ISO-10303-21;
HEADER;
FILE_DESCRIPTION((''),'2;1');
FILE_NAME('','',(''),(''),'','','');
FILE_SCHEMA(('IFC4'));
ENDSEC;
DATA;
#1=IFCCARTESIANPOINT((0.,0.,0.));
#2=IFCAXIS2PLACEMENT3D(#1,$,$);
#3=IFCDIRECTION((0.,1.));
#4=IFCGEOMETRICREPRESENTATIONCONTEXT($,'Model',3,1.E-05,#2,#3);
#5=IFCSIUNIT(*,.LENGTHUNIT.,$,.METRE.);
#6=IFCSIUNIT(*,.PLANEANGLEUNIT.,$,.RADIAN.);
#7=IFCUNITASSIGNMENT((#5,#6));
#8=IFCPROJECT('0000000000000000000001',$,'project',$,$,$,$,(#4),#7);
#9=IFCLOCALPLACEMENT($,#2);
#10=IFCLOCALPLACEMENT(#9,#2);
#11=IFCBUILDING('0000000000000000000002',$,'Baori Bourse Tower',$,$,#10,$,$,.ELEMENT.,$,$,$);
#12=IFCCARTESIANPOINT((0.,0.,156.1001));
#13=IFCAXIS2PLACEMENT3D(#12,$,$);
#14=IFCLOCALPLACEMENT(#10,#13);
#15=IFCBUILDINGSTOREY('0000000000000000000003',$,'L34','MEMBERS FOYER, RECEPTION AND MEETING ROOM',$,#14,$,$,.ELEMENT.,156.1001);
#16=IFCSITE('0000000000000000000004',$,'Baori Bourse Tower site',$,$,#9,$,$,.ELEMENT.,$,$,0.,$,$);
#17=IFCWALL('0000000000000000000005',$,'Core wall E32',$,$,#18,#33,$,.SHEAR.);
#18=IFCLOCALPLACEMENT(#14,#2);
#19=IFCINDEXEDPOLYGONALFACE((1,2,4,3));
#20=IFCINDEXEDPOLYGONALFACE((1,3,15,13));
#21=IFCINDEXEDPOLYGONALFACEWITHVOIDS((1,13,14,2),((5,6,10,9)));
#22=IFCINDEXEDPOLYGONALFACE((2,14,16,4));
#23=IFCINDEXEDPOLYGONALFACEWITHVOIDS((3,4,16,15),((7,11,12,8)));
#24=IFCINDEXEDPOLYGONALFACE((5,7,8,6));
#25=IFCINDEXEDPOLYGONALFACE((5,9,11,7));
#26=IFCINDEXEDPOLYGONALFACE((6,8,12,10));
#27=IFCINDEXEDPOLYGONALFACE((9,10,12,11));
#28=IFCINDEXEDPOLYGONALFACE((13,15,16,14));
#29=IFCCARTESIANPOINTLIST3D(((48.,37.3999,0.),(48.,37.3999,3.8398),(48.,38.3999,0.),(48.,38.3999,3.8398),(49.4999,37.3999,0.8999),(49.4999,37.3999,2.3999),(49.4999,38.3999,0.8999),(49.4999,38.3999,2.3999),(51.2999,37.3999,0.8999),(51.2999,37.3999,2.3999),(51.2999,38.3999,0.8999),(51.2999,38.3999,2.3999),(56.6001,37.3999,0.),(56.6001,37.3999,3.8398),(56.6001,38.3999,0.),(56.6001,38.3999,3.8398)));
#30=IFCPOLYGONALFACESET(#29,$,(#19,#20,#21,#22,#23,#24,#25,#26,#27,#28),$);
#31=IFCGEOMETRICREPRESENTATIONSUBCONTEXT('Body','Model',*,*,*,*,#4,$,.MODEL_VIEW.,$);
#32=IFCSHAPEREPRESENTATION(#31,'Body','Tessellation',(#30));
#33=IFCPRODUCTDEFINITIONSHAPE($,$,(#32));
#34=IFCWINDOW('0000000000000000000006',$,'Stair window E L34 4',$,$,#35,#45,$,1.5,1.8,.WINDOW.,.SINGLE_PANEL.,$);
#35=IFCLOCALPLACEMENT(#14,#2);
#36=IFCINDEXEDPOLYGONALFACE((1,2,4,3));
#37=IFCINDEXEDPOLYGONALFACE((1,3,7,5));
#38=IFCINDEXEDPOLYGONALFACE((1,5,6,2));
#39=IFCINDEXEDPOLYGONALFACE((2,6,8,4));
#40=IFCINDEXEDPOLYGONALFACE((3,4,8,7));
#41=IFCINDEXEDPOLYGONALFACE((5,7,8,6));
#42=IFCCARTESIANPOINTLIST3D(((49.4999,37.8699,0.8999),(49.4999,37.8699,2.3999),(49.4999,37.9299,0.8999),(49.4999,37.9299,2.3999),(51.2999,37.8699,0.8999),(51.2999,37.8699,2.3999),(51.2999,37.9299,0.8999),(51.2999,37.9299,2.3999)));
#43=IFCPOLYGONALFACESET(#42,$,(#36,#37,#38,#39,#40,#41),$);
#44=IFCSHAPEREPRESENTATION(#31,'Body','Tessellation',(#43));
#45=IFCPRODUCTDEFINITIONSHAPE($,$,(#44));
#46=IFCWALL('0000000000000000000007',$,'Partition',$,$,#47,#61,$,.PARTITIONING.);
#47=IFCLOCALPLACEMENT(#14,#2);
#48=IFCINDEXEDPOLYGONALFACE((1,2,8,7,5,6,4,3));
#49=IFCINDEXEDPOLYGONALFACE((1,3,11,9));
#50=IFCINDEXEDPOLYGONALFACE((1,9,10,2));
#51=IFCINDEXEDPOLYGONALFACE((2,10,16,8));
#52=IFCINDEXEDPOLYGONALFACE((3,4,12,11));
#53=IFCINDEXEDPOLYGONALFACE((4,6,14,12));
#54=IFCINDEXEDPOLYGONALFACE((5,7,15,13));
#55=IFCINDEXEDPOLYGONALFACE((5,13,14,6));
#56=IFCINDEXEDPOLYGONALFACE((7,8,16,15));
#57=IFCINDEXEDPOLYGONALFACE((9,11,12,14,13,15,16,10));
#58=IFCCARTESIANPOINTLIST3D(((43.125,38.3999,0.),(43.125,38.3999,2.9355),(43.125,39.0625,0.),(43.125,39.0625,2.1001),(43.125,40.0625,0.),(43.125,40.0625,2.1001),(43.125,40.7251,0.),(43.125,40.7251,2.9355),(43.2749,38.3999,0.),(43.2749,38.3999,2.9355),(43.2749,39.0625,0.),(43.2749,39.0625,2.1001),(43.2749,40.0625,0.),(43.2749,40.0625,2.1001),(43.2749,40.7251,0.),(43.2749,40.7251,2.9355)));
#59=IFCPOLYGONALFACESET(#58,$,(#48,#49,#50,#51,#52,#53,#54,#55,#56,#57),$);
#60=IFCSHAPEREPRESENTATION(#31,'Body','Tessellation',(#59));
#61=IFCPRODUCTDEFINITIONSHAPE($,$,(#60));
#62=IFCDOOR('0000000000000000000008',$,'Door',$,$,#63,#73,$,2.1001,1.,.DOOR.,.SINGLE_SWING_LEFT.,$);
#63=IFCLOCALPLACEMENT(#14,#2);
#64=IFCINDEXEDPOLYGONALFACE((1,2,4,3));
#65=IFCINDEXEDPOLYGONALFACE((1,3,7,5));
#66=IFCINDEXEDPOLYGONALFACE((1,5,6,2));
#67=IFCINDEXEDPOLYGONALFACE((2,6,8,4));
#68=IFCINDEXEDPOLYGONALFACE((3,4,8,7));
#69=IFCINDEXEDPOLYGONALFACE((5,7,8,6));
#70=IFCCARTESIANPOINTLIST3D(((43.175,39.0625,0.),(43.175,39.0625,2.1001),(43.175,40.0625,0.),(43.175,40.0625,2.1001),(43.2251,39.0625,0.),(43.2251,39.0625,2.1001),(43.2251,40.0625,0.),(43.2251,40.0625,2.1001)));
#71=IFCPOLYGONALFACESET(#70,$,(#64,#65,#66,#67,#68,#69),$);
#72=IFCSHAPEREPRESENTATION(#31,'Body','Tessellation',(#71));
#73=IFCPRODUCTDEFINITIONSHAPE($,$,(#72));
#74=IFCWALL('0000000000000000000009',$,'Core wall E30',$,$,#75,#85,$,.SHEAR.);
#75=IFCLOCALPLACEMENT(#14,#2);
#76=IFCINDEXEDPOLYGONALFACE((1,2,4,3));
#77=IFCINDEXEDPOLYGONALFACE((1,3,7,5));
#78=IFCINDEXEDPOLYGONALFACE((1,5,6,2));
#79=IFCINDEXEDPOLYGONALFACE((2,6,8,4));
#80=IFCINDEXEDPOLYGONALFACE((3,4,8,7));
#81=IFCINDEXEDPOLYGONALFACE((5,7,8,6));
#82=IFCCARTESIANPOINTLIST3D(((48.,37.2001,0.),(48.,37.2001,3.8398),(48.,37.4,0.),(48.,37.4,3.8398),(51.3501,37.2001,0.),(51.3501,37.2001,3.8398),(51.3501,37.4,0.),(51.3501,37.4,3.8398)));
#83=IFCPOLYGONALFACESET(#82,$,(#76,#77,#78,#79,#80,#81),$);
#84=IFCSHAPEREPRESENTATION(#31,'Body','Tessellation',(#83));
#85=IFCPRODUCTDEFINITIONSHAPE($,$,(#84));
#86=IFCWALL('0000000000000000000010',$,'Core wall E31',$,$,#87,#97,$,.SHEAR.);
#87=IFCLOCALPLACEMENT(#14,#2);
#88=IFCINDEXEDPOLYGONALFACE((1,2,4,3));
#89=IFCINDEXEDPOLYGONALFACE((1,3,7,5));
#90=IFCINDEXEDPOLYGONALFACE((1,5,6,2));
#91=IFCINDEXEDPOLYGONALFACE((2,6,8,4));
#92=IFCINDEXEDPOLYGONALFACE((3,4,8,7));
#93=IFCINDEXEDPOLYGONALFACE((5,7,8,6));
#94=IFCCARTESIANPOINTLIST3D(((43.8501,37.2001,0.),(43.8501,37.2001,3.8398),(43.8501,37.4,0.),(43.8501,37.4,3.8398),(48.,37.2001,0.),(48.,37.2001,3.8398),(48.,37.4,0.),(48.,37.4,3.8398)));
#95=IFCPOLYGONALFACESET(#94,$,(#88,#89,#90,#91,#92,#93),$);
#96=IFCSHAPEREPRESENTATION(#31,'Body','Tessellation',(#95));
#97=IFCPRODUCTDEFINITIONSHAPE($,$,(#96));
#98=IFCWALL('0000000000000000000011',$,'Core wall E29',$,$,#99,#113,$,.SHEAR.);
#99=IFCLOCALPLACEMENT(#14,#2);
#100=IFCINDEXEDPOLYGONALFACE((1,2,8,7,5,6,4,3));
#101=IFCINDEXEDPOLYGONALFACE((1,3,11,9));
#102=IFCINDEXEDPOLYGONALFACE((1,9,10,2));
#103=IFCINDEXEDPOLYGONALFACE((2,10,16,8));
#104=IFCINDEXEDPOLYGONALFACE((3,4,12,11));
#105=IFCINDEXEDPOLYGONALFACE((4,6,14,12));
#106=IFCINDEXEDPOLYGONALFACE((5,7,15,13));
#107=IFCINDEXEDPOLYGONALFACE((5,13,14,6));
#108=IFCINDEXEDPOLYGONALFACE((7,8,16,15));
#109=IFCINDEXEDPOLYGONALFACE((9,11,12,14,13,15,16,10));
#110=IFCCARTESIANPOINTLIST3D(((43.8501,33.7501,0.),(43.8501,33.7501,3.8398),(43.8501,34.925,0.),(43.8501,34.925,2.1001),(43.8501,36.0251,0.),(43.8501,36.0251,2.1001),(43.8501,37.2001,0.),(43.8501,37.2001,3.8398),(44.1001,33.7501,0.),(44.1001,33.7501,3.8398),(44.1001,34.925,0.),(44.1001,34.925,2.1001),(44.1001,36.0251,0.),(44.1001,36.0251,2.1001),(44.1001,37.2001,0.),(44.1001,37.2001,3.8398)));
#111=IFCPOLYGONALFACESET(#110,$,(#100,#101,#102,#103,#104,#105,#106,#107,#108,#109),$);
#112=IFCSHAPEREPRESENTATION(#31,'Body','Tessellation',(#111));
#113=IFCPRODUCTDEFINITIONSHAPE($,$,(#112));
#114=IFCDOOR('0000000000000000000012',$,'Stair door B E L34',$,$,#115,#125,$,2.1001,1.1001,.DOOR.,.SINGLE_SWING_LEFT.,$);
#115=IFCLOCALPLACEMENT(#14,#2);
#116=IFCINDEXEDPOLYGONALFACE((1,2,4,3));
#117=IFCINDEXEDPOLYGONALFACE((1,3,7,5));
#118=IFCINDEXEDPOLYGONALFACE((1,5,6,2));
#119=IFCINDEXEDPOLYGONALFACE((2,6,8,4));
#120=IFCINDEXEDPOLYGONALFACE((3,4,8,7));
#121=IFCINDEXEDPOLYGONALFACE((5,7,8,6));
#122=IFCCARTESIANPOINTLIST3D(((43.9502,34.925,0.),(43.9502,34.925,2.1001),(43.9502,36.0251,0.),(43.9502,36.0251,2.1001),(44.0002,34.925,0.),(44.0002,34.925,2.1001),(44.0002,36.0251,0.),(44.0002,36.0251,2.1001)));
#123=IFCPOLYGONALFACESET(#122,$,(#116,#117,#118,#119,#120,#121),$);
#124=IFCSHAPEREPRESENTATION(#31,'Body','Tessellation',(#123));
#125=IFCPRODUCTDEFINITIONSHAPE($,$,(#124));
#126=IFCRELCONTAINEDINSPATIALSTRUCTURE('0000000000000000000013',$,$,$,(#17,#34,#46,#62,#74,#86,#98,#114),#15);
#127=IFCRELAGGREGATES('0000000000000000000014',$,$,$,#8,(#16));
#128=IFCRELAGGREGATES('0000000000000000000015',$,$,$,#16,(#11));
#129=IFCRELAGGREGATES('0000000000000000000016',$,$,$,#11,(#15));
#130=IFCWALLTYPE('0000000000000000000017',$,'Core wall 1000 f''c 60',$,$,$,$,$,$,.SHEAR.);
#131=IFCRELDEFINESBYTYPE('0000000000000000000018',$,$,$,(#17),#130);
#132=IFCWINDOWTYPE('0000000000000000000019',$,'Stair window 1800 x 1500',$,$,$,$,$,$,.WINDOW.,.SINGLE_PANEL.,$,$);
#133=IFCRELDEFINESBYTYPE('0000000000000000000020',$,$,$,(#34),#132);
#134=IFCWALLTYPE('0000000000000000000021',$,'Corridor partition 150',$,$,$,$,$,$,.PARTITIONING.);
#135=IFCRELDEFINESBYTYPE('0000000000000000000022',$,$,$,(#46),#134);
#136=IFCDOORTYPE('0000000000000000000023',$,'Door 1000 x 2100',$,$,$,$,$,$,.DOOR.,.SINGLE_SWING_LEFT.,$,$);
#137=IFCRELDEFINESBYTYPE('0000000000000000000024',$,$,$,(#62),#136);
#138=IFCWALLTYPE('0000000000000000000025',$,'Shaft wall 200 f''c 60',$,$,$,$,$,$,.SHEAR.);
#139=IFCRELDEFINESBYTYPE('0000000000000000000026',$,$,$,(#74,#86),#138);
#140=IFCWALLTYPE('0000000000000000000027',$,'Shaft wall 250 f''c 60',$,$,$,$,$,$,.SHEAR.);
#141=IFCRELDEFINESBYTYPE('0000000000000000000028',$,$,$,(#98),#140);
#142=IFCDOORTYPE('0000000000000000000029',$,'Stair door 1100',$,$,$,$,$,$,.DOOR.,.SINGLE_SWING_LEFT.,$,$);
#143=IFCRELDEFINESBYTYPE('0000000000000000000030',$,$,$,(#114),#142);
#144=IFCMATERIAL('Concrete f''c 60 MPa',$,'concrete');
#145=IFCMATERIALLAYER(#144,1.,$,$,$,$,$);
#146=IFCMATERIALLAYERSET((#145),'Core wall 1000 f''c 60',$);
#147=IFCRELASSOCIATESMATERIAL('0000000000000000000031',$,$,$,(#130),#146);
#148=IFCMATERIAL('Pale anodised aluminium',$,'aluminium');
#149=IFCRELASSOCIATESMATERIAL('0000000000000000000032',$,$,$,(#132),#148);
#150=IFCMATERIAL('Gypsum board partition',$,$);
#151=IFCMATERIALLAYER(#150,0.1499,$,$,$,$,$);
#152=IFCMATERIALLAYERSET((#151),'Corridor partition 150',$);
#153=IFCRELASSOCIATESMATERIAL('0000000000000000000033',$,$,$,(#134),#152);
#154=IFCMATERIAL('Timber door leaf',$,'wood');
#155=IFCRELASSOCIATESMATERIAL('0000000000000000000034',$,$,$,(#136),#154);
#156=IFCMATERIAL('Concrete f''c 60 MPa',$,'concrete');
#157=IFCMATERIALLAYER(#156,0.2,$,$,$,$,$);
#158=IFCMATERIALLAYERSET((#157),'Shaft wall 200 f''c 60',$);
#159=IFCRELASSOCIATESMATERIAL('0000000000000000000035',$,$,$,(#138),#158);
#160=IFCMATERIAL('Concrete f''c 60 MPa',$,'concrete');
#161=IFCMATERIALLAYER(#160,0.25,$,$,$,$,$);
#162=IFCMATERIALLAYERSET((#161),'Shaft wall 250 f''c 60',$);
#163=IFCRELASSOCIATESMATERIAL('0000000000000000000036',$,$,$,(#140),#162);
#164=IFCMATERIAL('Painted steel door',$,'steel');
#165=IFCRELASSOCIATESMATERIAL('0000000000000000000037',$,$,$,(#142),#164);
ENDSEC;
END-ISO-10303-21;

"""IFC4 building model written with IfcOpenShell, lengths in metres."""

from ifc_helpers import new_model, si_unit, direction, frame, frame_2d, origin, place, context, subcontext, project, spatial, rectangle, extrude, material, layer, layer_set, type_object, element, fill, save


model = new_model("IFC4")

# Units and contexts
model_context = context("Model", 3, precision=1e-05, world=origin(), true_north=direction((0.0, 1.0)))
body_context = subcontext(model_context, "Body", "Model", "MODEL_VIEW")
ifc_project = project(units=[si_unit("LENGTHUNIT", "METRE"), si_unit("PLANEANGLEUNIT", "RADIAN")], contexts=[model_context])

# Site, building, storey
site_placement = place(None, origin())
site = spatial("IfcSite", under=ifc_project, at=site_placement, Name="Baori Bourse Tower site", CompositionType="ELEMENT", RefElevation=0.0)
building_placement = place(site_placement, origin())
building = spatial("IfcBuilding", under=site, at=building_placement, Name="Baori Bourse Tower", CompositionType="ELEMENT")
storey_placement = place(building_placement, frame((0.0, 0.0, 156.1001)))
storey = spatial("IfcBuildingStorey", under=building, at=storey_placement, Name="L34", Description="MEMBERS FOYER, RECEPTION AND MEETING ROOM", CompositionType="ELEMENT", Elevation=156.1001)

# Wall, opening, window
ifc_material_1 = material(Name="Concrete f'c 60 MPa", Category="concrete")
ifc_layer_1 = layer(ifc_material_1, 1.0)
ifc_layer_set_1 = layer_set([ifc_layer_1], Name="Core wall 1000 f'c 60")
wall_type_1 = type_object("IfcWallType", Name="Core wall 1000 f'c 60", PredefinedType="SHEAR", material=ifc_layer_set_1)
wall_1_placement = place(storey_placement, frame((48.0, 37.8999, 0.0), z_axis=(0.0, 0.0, 1.0), x_axis=(1.0, 0.0, 0.0)))
wall_1 = element("IfcWall", 1, at=wall_1_placement, inside=storey, type_object=wall_type_1, Name="Core wall E32", PredefinedType="SHEAR", context=body_context, shape_type="SweptSolid", body=[
    extrude(rectangle(XDim=8.6001, YDim=1.0, at=frame_2d((4.3, 0.0))), origin(), (0.0, 0.0, 1.0), 3.8398),
])
opening_1_placement = place(wall_1_placement, frame((1.5, 0.0, 0.8999)))
opening_1 = element("IfcOpeningElement", 2, at=opening_1_placement, cuts=wall_1, PredefinedType="OPENING", context=body_context, shape_type="SweptSolid", body=[
    extrude(rectangle(XDim=1.8, YDim=1.5, at=frame_2d((0.8999, 0.75))), frame((0.0, 0.51, 0.0), z_axis=(0.0, -1.0, 0.0), x_axis=(1.0, 0.0, 0.0)), (0.0, 0.0, 1.0), 1.02),
])
ifc_material_2 = material(Name="Pale anodised aluminium", Category="aluminium")
window_type = type_object("IfcWindowType", Name="Stair window 1800 x 1500", PartitioningType="SINGLE_PANEL", PredefinedType="WINDOW", material=ifc_material_2)
window_placement = place(opening_1_placement, origin())
window = element("IfcWindow", 3, at=window_placement, inside=storey, type_object=window_type, Name="Stair window E L34 4", OverallHeight=1.5, OverallWidth=1.8, PartitioningType="SINGLE_PANEL", PredefinedType="WINDOW", context=body_context, shape_type="SweptSolid", body=[
    extrude(rectangle(XDim=1.8, YDim=1.5, at=frame_2d((0.8999, 0.75))), frame((0.0, 0.03, 0.0), z_axis=(0.0, -1.0, 0.0), x_axis=(1.0, 0.0, 0.0)), (0.0, 0.0, 1.0), 0.0601),
])
fill(opening_1, window)

# Wall, opening, door
ifc_material_3 = material(Name="Gypsum board partition")
ifc_layer_2 = layer(ifc_material_3, 0.1499)
ifc_layer_set_2 = layer_set([ifc_layer_2], Name="Corridor partition 150")
wall_type_2 = type_object("IfcWallType", Name="Corridor partition 150", PredefinedType="PARTITIONING", material=ifc_layer_set_2)
wall_2_placement = place(storey_placement, frame((43.2, 38.3999, 0.0), z_axis=(0.0, 0.0, 1.0), x_axis=(0.0, 1.0, 0.0)))
wall_2 = element("IfcWall", 4, at=wall_2_placement, inside=storey, type_object=wall_type_2, Name="Partition", PredefinedType="PARTITIONING", context=body_context, shape_type="SweptSolid", body=[
    extrude(rectangle(XDim=2.3252, YDim=0.1499, at=frame_2d((1.1626, 0.0))), origin(), (0.0, 0.0, 1.0), 2.9355),
])
opening_2_placement = place(wall_2_placement, frame((0.6626, 0.0, 0.0)))
opening_2 = element("IfcOpeningElement", 5, at=opening_2_placement, cuts=wall_2, PredefinedType="OPENING", context=body_context, shape_type="SweptSolid", body=[
    extrude(rectangle(XDim=1.0, YDim=2.1001, at=frame_2d((0.5, 1.05))), frame((0.0, 0.085, 0.0), z_axis=(0.0, -1.0, 0.0), x_axis=(1.0, 0.0, 0.0)), (0.0, 0.0, 1.0), 0.1699),
])
ifc_material_4 = material(Name="Timber door leaf", Category="wood")
door_type_1 = type_object("IfcDoorType", Name="Door 1000 x 2100", OperationType="SINGLE_SWING_LEFT", PredefinedType="DOOR", material=ifc_material_4)
door_1_placement = place(opening_2_placement, origin())
door_1 = element("IfcDoor", 6, at=door_1_placement, inside=storey, type_object=door_type_1, Name="Door", OperationType="SINGLE_SWING_LEFT", OverallHeight=2.1001, OverallWidth=1.0, PredefinedType="DOOR", context=body_context, shape_type="SweptSolid", body=[
    extrude(rectangle(XDim=1.0, YDim=2.1001, at=frame_2d((0.5, 1.05))), frame((0.0, 0.0249, 0.0), z_axis=(0.0, -1.0, 0.0), x_axis=(1.0, 0.0, 0.0)), (0.0, 0.0, 1.0), 0.05),
])
fill(opening_2, door_1)

# Walls
ifc_material_5 = material(Name="Concrete f'c 60 MPa", Category="concrete")
ifc_layer_3 = layer(ifc_material_5, 0.2)
ifc_layer_set_3 = layer_set([ifc_layer_3], Name="Shaft wall 200 f'c 60")
wall_type_3 = type_object("IfcWallType", Name="Shaft wall 200 f'c 60", PredefinedType="SHEAR", material=ifc_layer_set_3)
wall_3_placement = place(storey_placement, frame((48.0, 37.3, 0.0), z_axis=(0.0, 0.0, 1.0), x_axis=(1.0, 0.0, 0.0)))
element("IfcWall", 7, at=wall_3_placement, inside=storey, type_object=wall_type_3, Name="Core wall E30", PredefinedType="SHEAR", context=body_context, shape_type="SweptSolid", body=[
    extrude(rectangle(XDim=3.3501, YDim=0.2, at=frame_2d((1.675, 0.0))), origin(), (0.0, 0.0, 1.0), 3.8398),
])
wall_4_placement = place(storey_placement, frame((43.8501, 37.3, 0.0), z_axis=(0.0, 0.0, 1.0), x_axis=(1.0, 0.0, 0.0)))
element("IfcWall", 8, at=wall_4_placement, inside=storey, type_object=wall_type_3, Name="Core wall E31", PredefinedType="SHEAR", context=body_context, shape_type="SweptSolid", body=[
    extrude(rectangle(XDim=4.1499, YDim=0.2, at=frame_2d((2.075, 0.0))), origin(), (0.0, 0.0, 1.0), 3.8398),
])

# Wall, opening, door
ifc_material_6 = material(Name="Concrete f'c 60 MPa", Category="concrete")
ifc_layer_4 = layer(ifc_material_6, 0.25)
ifc_layer_set_4 = layer_set([ifc_layer_4], Name="Shaft wall 250 f'c 60")
wall_type_4 = type_object("IfcWallType", Name="Shaft wall 250 f'c 60", PredefinedType="SHEAR", material=ifc_layer_set_4)
wall_5_placement = place(storey_placement, frame((43.9751, 33.75, 0.0), z_axis=(0.0, 0.0, 1.0), x_axis=(0.0, 1.0, 0.0)))
wall_5 = element("IfcWall", 9, at=wall_5_placement, inside=storey, type_object=wall_type_4, Name="Core wall E29", PredefinedType="SHEAR", context=body_context, shape_type="SweptSolid", body=[
    extrude(rectangle(XDim=3.45, YDim=0.25, at=frame_2d((1.7251, 0.0))), origin(), (0.0, 0.0, 1.0), 3.8398),
])
opening_3_placement = place(wall_5_placement, frame((1.175, 0.0, 0.0)))
opening_3 = element("IfcOpeningElement", 10, at=opening_3_placement, cuts=wall_5, PredefinedType="OPENING", context=body_context, shape_type="SweptSolid", body=[
    extrude(rectangle(XDim=1.1001, YDim=2.1001, at=frame_2d((0.55, 1.05))), frame((0.0, 0.135, 0.0), z_axis=(0.0, -1.0, 0.0), x_axis=(1.0, 0.0, 0.0)), (0.0, 0.0, 1.0), 0.27),
])
ifc_material_7 = material(Name="Painted steel door", Category="steel")
door_type_2 = type_object("IfcDoorType", Name="Stair door 1100", OperationType="SINGLE_SWING_LEFT", PredefinedType="DOOR", material=ifc_material_7)
door_2_placement = place(opening_3_placement, origin())
door_2 = element("IfcDoor", 11, at=door_2_placement, inside=storey, type_object=door_type_2, Name="Stair door B E L34", OperationType="SINGLE_SWING_LEFT", OverallHeight=2.1001, OverallWidth=1.1001, PredefinedType="DOOR", context=body_context, shape_type="SweptSolid", body=[
    extrude(rectangle(XDim=1.1001, YDim=2.1001, at=frame_2d((0.55, 1.05))), frame((0.0, 0.0249, 0.0), z_axis=(0.0, -1.0, 0.0), x_axis=(1.0, 0.0, 0.0)), (0.0, 0.0, 1.0), 0.05),
])
fill(opening_3, door_2)

save(model, "model.ifc")
